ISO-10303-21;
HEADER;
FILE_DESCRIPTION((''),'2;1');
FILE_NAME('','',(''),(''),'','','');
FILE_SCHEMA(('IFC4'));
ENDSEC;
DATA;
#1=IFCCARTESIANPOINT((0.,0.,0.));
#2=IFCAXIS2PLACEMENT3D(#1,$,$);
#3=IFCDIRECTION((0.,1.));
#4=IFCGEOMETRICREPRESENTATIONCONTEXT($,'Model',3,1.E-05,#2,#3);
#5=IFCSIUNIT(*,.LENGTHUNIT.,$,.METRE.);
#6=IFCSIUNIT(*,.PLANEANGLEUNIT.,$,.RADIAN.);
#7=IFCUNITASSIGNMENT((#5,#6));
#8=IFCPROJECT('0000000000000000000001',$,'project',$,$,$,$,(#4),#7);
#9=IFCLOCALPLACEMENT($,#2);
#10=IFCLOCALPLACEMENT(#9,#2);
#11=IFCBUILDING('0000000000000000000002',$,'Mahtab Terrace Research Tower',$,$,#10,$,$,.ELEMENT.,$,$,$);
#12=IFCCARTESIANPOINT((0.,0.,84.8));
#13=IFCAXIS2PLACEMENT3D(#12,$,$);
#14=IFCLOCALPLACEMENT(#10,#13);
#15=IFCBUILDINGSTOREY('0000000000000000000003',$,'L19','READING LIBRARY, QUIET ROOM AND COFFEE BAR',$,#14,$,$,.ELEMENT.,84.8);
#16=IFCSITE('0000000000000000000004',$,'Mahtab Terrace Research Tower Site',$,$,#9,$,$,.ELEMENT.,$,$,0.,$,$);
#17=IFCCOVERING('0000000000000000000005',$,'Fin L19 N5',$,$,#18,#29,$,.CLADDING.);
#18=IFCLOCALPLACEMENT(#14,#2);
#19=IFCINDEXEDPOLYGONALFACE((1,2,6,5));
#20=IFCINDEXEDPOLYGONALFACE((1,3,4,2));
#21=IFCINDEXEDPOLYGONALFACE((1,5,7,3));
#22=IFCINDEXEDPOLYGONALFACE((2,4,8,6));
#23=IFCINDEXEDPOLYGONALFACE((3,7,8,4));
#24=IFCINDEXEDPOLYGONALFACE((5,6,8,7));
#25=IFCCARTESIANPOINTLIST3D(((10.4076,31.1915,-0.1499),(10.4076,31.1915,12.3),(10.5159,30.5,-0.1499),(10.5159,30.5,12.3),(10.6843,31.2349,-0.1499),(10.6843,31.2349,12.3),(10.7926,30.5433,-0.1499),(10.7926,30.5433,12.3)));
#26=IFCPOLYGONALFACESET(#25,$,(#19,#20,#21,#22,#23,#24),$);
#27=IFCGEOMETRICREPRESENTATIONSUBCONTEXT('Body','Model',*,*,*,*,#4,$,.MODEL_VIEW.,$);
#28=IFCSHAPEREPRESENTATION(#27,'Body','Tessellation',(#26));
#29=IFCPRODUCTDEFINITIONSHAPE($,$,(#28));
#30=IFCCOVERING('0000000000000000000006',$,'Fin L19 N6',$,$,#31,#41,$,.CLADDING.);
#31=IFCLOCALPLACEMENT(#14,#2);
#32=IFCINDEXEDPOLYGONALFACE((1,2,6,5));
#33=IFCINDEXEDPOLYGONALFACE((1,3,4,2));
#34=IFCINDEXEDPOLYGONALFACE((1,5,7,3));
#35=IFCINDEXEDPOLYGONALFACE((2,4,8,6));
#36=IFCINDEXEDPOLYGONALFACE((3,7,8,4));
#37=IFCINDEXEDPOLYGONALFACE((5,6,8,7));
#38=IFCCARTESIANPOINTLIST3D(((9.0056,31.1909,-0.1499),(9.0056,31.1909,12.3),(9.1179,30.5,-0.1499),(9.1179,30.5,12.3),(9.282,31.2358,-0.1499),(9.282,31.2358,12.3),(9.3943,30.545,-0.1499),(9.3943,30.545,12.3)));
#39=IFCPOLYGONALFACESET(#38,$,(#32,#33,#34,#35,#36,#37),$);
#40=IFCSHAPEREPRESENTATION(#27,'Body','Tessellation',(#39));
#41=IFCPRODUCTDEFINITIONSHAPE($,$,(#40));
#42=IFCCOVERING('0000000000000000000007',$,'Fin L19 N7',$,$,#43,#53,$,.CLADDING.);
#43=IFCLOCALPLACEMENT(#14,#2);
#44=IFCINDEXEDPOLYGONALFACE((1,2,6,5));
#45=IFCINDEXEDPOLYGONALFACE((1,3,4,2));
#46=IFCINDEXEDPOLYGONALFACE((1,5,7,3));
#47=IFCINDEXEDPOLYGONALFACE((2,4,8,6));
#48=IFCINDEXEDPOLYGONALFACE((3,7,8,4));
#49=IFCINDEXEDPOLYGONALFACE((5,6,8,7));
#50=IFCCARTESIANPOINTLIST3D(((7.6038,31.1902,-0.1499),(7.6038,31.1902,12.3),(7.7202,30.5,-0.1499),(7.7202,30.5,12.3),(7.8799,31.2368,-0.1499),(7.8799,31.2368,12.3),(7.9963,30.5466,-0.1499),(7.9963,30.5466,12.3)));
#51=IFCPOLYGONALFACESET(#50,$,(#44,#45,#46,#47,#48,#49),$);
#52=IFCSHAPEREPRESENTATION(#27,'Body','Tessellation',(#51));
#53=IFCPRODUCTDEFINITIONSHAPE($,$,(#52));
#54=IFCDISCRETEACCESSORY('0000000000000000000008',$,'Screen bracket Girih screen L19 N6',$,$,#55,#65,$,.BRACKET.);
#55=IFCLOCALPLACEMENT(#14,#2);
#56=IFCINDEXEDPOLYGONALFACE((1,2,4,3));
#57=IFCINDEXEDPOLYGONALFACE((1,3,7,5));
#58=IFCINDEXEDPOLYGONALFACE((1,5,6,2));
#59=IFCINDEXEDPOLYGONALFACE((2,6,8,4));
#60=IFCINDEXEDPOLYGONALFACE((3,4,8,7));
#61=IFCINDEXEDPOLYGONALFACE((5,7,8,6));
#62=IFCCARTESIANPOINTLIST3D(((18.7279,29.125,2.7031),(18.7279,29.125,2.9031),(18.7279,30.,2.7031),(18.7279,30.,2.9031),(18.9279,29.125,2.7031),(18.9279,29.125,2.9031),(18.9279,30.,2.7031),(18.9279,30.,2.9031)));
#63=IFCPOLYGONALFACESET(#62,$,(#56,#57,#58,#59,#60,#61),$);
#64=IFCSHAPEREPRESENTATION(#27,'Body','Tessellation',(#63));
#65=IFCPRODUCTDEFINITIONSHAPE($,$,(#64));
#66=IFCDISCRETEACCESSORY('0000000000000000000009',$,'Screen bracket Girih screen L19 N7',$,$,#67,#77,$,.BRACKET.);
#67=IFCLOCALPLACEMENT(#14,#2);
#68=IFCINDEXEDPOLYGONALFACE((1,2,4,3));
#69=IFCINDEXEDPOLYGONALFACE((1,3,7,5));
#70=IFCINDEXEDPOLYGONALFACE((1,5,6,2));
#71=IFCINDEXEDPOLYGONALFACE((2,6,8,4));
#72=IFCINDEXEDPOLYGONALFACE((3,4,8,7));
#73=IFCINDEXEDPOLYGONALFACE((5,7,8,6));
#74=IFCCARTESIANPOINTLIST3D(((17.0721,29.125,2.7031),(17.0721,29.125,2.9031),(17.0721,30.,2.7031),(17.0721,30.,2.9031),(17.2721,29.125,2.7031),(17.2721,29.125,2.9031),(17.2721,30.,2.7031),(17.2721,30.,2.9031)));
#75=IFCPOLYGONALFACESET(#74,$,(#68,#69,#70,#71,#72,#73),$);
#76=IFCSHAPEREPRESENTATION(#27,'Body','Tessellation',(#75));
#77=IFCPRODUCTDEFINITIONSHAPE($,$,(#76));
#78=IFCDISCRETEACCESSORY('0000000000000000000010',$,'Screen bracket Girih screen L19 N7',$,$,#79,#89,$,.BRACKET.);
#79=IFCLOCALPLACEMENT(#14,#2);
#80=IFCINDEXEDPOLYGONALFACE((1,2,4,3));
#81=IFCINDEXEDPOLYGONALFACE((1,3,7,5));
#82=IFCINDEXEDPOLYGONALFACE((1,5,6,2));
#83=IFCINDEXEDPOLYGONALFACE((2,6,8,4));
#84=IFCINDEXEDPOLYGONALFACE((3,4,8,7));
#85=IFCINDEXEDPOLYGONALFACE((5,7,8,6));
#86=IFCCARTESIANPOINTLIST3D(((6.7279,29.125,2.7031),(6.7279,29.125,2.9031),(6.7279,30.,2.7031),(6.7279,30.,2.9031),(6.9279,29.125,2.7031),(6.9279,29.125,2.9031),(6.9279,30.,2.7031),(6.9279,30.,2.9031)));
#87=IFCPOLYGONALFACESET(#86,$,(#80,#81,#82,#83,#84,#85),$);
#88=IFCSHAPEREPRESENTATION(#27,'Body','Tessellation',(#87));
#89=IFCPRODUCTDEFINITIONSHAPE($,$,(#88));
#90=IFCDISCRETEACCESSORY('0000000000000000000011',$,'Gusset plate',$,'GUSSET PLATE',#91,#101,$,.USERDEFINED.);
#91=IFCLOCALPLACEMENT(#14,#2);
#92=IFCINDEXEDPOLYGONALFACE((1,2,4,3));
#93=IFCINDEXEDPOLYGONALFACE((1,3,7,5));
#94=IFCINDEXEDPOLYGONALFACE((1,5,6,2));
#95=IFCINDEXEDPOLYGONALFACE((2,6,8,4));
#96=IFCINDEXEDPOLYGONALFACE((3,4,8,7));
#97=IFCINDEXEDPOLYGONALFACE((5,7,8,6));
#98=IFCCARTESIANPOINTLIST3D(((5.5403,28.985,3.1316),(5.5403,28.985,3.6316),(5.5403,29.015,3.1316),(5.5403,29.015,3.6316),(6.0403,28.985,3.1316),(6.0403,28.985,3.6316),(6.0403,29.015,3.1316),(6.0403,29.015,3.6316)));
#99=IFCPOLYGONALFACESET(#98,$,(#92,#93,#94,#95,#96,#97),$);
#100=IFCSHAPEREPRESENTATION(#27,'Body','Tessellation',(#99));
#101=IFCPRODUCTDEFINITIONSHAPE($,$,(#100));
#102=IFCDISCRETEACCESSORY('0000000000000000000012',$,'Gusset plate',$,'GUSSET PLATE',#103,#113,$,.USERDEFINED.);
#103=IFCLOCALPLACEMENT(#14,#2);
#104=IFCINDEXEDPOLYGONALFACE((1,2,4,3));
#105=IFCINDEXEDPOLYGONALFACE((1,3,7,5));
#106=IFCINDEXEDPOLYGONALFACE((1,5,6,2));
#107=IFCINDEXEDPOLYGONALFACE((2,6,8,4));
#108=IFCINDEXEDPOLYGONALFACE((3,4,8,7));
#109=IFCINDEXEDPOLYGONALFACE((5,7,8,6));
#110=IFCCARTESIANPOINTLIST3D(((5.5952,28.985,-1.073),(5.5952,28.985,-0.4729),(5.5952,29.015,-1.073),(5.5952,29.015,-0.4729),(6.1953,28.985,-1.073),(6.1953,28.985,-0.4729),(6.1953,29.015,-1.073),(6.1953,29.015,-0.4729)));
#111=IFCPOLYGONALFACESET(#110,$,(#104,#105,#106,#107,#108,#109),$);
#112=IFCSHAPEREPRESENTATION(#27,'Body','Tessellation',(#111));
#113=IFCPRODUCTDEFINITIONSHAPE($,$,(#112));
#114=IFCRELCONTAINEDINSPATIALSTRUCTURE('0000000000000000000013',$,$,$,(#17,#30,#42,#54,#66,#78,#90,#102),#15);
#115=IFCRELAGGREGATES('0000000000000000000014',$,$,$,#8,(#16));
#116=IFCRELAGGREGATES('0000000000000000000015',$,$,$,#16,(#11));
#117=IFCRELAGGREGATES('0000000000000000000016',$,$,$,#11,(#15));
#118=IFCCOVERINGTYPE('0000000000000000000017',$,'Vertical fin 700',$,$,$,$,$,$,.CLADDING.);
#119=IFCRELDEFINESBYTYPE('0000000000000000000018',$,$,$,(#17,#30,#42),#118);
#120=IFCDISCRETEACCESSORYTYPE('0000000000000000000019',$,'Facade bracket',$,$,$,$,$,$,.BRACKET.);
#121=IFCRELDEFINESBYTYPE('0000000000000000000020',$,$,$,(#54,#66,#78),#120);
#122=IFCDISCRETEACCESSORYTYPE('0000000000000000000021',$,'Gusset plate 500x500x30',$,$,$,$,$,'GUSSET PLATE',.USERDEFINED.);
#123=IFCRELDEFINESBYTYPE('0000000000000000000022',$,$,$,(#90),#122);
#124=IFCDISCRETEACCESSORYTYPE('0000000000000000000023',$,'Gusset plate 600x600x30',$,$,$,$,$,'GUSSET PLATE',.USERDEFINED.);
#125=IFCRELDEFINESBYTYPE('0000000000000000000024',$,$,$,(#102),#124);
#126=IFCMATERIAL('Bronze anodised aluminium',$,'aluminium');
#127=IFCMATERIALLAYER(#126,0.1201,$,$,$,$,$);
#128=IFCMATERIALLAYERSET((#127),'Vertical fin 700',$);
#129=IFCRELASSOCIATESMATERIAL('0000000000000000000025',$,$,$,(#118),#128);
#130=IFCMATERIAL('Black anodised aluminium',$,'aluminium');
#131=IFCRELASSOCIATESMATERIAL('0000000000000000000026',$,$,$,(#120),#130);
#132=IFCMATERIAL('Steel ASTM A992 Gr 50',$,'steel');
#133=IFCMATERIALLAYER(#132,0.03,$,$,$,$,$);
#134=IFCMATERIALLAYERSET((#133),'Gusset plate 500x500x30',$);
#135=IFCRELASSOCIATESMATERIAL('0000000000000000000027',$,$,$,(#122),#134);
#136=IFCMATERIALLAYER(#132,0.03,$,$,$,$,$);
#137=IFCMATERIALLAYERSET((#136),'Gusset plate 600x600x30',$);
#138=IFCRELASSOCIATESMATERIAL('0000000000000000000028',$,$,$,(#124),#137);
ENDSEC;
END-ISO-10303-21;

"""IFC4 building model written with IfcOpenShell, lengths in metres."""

from ifc_helpers import new_model, si_unit, direction, frame, origin, origin_2d, place, context, subcontext, project, spatial, rectangle, extrude, material, layer, layer_set, type_object, element, save


model = new_model("IFC4")

# Units and contexts
model_context = context("Model", 3, precision=1e-05, world=origin(), true_north=direction((0.0, 1.0)))
body_context = subcontext(model_context, "Body", "Model", "MODEL_VIEW")
ifc_project = project(units=[si_unit("LENGTHUNIT", "METRE"), si_unit("PLANEANGLEUNIT", "RADIAN")], contexts=[model_context])

# Site, building, storey
site_placement = place(None, origin())
site = spatial("IfcSite", under=ifc_project, at=site_placement, Name="Mahtab Terrace Research Tower Site", CompositionType="ELEMENT", RefElevation=0.0)
building_placement = place(site_placement, origin())
building = spatial("IfcBuilding", under=site, at=building_placement, Name="Mahtab Terrace Research Tower", CompositionType="ELEMENT")
storey_placement = place(building_placement, frame((0.0, 0.0, 84.8)))
storey = spatial("IfcBuildingStorey", under=building, at=storey_placement, Name="L19", Description="READING LIBRARY, QUIET ROOM AND COFFEE BAR", CompositionType="ELEMENT", Elevation=84.8)

# Shared definitions
ifc_material_1 = material(Name="Steel ASTM A992 Gr 50", Category="steel")

# Coverings
ifc_material_2 = material(Name="Bronze anodised aluminium", Category="aluminium")
ifc_layer_1 = layer(ifc_material_2, 0.1201)
ifc_layer_set_1 = layer_set([ifc_layer_1], Name="Vertical fin 700")
covering_type_1 = type_object("IfcCoveringType", Name="Vertical fin 700", PredefinedType="CLADDING", material=ifc_layer_set_1)
for number, where, z_axis, x_axis, name in (
    (1, (10.6001, 30.8674, -0.1499), (0.0, 0.0, 1.0), (-0.987947, -0.154792, 0.0), "Fin L19 N5"),
    (2, (9.2, 30.8679, -0.1499), (0.0, 0.0, 1.0), (-0.98703, -0.160537, 0.0), "Fin L19 N6"),
    (3, (7.8, 30.8684, -0.1499), (0.0, 0.0, 1.0), (-0.986079, -0.166277, 0.0), "Fin L19 N7"),
):
    element("IfcCovering", number, at=place(storey_placement, frame(where, z_axis=z_axis, x_axis=x_axis)), inside=storey, type_object=covering_type_1, Name=name, PredefinedType="CLADDING", context=body_context, shape_type="SweptSolid", body=[
        extrude(rectangle(XDim=0.28, YDim=0.7, at=origin_2d()), origin(), (0.0, 0.0, 1.0), 12.45),
    ])

# Discrete accessories
ifc_material_3 = material(Name="Black anodised aluminium", Category="aluminium")
discrete_accessory_type_1 = type_object("IfcDiscreteAccessoryType", Name="Facade bracket", PredefinedType="BRACKET", material=ifc_material_3)
for number, where, z_axis, x_axis, name in (
    (4, (18.8279, 29.5625, 2.7031), (0.0, 0.0, 1.0), (-1.0, 0.0, 0.0), "Screen bracket Girih screen L19 N6"),
    (5, (17.1721, 29.5625, 2.7031), (0.0, 0.0, 1.0), (-1.0, 0.0, 0.0), "Screen bracket Girih screen L19 N7"),
    (6, (6.8279, 29.5625, 2.7031), (0.0, 0.0, 1.0), (-1.0, 0.0, 0.0), "Screen bracket Girih screen L19 N7"),
):
    element("IfcDiscreteAccessory", number, at=place(storey_placement, frame(where, z_axis=z_axis, x_axis=x_axis)), inside=storey, type_object=discrete_accessory_type_1, Name=name, PredefinedType="BRACKET", context=body_context, shape_type="SweptSolid", body=[
        extrude(rectangle(XDim=0.2, YDim=0.875, at=origin_2d()), origin(), (0.0, 0.0, 1.0), 0.2),
    ])
ifc_layer_2 = layer(ifc_material_1, 0.03)
ifc_layer_set_2 = layer_set([ifc_layer_2], Name="Gusset plate 500x500x30")
discrete_accessory_type_2 = type_object("IfcDiscreteAccessoryType", Name="Gusset plate 500x500x30", ElementType="GUSSET PLATE", PredefinedType="USERDEFINED", material=ifc_layer_set_2)
discrete_accessory_1_placement = place(storey_placement, frame((5.7903, 29.0, 3.1316), z_axis=(0.0, 0.0, 1.0), x_axis=(1.0, 0.0, 0.0)))
element("IfcDiscreteAccessory", 7, at=discrete_accessory_1_placement, inside=storey, type_object=discrete_accessory_type_2, Name="Gusset plate", ObjectType="GUSSET PLATE", PredefinedType="USERDEFINED", context=body_context, shape_type="SweptSolid", body=[
    extrude(rectangle(XDim=0.5, YDim=0.03, at=origin_2d()), origin(), (0.0, 0.0, 1.0), 0.5),
])
ifc_layer_3 = layer(ifc_material_1, 0.03)
ifc_layer_set_3 = layer_set([ifc_layer_3], Name="Gusset plate 600x600x30")
discrete_accessory_type_3 = type_object("IfcDiscreteAccessoryType", Name="Gusset plate 600x600x30", ElementType="GUSSET PLATE", PredefinedType="USERDEFINED", material=ifc_layer_set_3)
discrete_accessory_2_placement = place(storey_placement, frame((5.8953, 29.0, -1.073), z_axis=(0.0, 0.0, 1.0), x_axis=(1.0, 0.0, 0.0)))
element("IfcDiscreteAccessory", 8, at=discrete_accessory_2_placement, inside=storey, type_object=discrete_accessory_type_3, Name="Gusset plate", ObjectType="GUSSET PLATE", PredefinedType="USERDEFINED", context=body_context, shape_type="SweptSolid", body=[
    extrude(rectangle(XDim=0.6001, YDim=0.03, at=origin_2d()), origin(), (0.0, 0.0, 1.0), 0.6001),
])

save(model, "model.ifc")
